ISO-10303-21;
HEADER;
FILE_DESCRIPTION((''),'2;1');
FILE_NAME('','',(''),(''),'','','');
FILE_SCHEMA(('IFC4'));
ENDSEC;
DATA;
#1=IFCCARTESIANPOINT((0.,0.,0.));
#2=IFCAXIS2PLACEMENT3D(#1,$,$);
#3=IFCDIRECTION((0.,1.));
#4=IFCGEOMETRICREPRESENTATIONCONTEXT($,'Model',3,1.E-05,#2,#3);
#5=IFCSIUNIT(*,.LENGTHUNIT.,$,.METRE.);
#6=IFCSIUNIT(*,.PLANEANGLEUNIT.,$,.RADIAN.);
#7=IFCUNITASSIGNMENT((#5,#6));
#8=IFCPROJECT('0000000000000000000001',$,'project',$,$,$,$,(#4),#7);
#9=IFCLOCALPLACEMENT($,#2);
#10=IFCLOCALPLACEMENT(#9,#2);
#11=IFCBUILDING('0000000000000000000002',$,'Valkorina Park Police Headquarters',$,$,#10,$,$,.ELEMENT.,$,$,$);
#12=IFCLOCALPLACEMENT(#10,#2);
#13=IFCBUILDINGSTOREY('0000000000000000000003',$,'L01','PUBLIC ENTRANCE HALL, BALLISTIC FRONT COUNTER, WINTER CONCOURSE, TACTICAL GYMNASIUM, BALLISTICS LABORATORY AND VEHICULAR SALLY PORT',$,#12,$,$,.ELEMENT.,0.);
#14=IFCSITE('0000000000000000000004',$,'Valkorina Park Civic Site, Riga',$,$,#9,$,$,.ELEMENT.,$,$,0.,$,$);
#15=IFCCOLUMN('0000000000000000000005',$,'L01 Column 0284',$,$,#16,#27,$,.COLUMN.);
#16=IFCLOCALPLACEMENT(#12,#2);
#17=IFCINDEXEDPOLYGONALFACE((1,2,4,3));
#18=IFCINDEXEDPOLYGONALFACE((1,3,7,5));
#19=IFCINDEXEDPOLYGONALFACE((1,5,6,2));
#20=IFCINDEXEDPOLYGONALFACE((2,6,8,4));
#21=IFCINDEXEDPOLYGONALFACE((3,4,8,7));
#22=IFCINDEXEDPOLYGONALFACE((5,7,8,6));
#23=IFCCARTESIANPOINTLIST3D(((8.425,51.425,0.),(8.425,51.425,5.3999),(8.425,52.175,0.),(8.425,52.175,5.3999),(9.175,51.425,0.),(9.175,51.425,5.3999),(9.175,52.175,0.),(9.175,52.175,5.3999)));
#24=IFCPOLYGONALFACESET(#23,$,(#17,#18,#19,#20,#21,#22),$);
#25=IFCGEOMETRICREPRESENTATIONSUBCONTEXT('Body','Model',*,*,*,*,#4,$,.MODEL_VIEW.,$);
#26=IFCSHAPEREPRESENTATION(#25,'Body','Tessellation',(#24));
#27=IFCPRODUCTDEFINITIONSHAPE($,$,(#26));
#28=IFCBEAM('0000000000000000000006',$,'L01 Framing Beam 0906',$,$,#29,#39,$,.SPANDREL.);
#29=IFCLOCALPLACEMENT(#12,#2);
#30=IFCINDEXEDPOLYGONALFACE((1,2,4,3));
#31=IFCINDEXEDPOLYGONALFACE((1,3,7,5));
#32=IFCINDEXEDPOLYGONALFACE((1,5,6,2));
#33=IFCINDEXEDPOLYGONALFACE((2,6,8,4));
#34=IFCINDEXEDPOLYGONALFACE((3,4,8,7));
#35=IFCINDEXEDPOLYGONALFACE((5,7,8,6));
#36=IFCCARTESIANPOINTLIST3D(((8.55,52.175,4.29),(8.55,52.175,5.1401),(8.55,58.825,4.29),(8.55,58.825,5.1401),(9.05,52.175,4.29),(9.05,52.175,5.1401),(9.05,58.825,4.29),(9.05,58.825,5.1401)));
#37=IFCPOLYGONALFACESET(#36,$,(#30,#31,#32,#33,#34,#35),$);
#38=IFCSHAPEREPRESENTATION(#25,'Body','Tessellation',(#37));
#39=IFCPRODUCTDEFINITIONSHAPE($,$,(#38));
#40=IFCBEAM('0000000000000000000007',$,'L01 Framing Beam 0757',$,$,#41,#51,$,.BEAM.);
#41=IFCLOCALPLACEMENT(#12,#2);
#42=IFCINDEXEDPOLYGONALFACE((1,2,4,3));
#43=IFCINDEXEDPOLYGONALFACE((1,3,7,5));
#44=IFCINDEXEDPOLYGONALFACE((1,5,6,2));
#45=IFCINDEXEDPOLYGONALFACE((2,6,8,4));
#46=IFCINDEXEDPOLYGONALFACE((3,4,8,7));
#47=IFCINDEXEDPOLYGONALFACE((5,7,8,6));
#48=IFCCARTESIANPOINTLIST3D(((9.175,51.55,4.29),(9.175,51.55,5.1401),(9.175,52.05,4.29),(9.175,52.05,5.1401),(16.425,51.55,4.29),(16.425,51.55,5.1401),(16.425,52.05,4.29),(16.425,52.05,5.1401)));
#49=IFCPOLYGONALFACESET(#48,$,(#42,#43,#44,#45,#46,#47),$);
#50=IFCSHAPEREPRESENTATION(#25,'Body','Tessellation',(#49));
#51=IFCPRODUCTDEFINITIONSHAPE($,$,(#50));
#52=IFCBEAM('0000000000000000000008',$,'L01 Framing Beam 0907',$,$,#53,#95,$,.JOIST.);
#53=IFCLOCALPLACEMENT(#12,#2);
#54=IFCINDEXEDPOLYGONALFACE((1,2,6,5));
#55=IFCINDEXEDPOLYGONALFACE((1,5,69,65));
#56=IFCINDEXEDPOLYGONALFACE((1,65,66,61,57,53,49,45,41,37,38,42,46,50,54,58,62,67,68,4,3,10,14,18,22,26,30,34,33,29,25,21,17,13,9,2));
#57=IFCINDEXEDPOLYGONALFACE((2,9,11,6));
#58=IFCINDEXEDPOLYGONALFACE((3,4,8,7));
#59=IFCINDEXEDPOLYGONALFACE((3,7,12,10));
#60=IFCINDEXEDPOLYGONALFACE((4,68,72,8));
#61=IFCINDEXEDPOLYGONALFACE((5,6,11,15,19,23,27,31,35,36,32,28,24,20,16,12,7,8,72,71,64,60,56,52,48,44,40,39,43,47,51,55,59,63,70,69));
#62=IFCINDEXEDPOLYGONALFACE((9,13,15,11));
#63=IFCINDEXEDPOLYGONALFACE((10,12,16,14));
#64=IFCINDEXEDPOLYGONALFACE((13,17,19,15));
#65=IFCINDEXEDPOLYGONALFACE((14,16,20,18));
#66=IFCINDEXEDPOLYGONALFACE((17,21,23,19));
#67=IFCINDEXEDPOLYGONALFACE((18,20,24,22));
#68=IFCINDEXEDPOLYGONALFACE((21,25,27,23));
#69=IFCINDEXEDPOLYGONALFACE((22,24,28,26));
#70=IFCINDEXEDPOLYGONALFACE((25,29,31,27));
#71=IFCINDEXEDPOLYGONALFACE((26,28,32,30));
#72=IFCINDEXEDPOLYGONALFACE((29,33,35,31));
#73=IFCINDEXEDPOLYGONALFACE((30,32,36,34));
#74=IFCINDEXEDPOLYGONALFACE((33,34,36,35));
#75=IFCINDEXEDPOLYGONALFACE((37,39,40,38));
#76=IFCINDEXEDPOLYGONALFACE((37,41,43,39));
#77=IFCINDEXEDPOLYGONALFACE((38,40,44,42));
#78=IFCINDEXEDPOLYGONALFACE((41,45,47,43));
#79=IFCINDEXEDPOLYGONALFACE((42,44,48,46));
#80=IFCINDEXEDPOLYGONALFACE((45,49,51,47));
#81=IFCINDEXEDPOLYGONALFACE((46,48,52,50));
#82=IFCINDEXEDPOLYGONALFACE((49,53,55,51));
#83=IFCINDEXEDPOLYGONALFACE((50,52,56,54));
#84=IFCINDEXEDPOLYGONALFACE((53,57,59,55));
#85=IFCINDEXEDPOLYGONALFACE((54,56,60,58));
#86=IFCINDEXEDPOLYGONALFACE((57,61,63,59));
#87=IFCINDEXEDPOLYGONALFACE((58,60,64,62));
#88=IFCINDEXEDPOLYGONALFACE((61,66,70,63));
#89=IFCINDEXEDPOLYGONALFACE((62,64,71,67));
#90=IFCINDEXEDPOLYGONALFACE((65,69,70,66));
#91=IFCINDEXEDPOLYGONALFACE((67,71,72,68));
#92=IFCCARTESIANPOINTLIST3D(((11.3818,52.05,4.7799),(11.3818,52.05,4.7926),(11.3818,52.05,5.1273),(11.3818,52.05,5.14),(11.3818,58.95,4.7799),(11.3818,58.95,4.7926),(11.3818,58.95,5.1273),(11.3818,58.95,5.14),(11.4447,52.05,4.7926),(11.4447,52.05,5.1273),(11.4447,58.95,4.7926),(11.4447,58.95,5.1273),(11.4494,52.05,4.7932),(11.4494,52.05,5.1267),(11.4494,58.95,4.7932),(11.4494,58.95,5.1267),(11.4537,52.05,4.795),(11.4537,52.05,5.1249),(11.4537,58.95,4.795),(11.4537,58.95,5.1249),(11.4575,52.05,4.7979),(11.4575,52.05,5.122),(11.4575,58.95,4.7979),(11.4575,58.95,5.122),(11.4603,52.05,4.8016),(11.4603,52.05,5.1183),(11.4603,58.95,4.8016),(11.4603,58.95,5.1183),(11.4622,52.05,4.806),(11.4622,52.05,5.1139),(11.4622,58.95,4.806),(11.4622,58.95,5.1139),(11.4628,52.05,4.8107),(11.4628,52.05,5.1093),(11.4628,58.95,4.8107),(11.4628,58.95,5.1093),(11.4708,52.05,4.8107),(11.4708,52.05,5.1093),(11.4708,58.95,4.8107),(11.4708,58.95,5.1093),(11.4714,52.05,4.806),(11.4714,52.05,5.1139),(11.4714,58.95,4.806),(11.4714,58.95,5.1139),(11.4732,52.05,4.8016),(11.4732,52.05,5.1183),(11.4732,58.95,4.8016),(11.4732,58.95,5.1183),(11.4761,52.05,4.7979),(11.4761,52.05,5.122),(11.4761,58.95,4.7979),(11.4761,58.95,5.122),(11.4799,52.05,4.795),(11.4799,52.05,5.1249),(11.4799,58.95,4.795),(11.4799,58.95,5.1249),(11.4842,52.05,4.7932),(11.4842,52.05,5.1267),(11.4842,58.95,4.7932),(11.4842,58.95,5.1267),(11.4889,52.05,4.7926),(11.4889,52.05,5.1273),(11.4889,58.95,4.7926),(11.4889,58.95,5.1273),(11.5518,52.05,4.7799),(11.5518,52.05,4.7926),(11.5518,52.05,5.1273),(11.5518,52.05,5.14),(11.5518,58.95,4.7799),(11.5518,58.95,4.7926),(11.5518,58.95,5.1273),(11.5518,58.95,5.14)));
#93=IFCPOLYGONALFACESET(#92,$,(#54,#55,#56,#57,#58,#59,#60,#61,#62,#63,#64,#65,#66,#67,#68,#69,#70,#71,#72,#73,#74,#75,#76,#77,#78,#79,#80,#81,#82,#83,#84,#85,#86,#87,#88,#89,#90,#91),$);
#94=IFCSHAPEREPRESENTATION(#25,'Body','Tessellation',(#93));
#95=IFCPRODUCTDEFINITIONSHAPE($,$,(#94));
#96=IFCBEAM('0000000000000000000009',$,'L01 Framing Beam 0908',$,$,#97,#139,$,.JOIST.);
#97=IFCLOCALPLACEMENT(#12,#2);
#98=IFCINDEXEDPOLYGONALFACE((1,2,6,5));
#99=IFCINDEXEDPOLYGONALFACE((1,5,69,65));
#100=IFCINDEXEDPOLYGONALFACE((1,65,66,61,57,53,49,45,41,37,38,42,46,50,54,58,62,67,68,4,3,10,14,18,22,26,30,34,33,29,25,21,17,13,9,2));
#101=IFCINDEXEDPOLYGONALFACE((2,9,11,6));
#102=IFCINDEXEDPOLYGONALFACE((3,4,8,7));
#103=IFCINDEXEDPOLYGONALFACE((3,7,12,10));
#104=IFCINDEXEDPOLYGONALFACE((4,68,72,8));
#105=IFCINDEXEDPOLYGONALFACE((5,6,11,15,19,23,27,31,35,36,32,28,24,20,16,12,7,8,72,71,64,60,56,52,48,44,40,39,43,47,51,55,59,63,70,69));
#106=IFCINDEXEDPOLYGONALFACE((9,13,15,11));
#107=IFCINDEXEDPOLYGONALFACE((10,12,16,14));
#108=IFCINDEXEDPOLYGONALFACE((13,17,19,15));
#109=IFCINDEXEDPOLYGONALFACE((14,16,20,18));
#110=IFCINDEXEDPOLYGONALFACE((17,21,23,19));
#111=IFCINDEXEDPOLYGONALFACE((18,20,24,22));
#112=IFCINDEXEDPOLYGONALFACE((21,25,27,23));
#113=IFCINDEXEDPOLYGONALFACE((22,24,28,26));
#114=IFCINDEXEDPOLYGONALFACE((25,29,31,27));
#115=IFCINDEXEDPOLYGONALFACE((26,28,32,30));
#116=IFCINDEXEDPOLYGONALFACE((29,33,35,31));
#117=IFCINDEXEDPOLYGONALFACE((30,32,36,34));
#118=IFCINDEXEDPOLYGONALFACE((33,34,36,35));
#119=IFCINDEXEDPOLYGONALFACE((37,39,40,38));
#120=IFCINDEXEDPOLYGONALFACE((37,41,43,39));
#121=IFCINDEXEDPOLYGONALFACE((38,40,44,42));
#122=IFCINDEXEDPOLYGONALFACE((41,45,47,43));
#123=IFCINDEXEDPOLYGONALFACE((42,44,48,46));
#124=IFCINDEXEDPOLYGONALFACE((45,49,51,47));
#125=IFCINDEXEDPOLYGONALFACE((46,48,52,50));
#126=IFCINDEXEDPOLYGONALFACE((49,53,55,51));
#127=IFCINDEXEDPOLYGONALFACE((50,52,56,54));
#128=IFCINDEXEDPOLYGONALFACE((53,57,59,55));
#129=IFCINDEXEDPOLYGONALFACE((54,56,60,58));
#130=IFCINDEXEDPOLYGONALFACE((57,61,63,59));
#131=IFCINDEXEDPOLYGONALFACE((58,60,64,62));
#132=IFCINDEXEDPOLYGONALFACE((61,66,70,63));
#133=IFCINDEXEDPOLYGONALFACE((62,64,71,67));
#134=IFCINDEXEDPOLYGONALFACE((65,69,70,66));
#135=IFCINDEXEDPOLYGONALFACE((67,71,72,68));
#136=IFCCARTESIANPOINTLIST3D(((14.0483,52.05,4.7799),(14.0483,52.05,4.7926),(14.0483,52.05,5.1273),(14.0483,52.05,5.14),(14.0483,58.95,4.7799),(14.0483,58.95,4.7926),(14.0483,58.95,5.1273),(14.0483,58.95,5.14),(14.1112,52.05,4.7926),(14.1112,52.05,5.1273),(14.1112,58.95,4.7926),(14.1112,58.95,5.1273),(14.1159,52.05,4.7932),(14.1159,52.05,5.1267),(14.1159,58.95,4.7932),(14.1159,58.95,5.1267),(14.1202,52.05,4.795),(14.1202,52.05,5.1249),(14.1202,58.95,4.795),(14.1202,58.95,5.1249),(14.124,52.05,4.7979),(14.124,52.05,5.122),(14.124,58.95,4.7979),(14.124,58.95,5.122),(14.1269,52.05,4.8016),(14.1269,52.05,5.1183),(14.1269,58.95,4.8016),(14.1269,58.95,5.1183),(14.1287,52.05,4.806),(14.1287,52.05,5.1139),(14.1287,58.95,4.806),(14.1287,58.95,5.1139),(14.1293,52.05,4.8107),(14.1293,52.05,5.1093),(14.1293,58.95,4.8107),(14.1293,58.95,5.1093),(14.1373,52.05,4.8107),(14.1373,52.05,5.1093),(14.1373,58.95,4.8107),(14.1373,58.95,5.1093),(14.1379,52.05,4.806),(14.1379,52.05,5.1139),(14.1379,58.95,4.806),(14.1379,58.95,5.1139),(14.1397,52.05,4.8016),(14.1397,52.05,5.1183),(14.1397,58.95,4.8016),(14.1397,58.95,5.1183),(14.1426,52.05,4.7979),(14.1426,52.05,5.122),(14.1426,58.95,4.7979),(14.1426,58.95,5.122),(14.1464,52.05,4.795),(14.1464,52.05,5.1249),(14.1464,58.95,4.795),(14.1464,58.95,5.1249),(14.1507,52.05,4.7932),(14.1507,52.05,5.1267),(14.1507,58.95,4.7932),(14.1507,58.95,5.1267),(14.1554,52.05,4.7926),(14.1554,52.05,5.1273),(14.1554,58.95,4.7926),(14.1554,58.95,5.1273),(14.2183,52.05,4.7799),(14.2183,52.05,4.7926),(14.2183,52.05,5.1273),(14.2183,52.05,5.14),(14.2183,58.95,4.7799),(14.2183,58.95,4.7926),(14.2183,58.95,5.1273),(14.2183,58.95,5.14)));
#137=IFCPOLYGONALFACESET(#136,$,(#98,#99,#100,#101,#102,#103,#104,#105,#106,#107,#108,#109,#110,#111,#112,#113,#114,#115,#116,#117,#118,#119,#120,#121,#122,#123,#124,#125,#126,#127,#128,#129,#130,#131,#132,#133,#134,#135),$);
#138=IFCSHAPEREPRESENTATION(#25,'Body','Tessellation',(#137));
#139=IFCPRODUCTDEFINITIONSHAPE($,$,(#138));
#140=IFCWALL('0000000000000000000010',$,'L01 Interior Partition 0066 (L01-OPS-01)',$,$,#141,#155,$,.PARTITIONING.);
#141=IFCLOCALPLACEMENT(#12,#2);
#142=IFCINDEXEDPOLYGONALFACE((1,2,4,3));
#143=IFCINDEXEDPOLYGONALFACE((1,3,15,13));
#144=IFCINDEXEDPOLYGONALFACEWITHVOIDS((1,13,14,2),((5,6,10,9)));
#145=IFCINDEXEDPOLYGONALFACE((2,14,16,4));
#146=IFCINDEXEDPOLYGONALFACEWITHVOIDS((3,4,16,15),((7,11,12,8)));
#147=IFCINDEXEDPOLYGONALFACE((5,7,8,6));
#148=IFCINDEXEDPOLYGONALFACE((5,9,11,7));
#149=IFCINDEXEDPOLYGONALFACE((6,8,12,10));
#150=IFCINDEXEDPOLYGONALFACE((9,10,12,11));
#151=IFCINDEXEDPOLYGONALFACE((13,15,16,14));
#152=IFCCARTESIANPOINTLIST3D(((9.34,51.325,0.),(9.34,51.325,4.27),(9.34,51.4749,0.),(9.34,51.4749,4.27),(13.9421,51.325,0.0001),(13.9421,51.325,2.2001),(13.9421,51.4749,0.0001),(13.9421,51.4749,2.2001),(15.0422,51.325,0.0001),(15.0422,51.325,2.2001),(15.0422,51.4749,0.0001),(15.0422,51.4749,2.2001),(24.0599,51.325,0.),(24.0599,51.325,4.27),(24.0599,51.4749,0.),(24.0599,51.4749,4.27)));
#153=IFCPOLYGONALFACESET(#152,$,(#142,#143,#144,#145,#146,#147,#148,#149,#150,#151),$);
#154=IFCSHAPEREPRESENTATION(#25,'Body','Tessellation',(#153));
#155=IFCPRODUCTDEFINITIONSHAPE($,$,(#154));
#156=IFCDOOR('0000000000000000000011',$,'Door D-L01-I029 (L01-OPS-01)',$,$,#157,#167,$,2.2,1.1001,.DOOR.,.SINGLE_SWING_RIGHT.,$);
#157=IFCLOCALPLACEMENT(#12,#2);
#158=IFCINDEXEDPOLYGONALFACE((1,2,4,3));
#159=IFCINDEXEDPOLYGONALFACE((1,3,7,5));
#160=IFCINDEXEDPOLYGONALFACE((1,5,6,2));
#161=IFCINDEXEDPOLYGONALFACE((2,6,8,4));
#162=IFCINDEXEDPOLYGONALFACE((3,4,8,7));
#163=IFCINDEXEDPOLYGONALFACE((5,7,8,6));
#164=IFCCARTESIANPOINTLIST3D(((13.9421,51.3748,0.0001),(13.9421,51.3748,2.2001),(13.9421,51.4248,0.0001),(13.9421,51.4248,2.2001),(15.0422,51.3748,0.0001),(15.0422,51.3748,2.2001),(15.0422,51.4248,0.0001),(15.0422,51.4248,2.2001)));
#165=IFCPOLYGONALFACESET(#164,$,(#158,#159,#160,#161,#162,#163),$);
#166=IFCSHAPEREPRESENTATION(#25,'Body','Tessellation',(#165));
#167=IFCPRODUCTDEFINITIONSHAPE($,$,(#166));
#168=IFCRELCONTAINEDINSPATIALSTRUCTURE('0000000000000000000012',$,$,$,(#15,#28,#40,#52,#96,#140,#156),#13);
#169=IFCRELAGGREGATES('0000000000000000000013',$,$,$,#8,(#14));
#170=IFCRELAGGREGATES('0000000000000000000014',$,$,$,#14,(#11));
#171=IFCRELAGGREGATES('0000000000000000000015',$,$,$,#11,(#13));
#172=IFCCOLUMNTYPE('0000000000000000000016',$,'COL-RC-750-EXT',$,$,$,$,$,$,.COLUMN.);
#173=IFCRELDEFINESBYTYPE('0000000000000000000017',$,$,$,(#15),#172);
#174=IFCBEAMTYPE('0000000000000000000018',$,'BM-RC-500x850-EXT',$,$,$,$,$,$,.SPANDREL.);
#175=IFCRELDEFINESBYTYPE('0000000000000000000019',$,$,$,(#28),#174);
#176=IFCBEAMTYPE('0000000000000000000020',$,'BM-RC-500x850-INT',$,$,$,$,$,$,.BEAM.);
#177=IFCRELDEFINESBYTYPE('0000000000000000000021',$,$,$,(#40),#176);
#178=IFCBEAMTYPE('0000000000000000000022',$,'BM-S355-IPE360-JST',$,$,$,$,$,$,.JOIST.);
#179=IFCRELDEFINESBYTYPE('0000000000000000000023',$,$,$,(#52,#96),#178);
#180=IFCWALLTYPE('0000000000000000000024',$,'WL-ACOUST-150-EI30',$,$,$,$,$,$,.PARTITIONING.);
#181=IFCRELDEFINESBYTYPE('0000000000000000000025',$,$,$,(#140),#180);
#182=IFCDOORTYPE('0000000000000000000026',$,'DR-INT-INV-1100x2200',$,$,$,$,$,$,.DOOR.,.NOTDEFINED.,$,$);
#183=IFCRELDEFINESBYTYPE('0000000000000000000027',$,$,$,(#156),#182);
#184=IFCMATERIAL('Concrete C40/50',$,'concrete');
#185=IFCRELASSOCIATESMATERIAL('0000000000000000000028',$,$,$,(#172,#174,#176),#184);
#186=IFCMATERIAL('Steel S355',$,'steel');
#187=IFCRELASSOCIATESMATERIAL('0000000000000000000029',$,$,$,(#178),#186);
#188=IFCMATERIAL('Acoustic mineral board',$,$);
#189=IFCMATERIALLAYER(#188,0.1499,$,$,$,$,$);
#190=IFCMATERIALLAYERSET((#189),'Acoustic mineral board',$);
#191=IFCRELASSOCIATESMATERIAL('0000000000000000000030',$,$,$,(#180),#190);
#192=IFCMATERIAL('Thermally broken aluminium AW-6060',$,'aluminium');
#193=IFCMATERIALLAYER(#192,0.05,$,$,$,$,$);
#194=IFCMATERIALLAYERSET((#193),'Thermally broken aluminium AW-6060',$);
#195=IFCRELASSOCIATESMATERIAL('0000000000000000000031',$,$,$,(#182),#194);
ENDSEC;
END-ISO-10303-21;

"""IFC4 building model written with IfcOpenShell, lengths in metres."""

from ifc_helpers import new_model, si_unit, direction, frame, frame_2d, origin, origin_2d, place, context, subcontext, project, spatial, rectangle, i_section, extrude, material, layer, layer_set, material_profile, profile_set, type_object, element, fill, save


model = new_model("IFC4")

# Units and contexts
model_context = context("Model", 3, precision=1e-05, world=origin(), true_north=direction((0.0, 1.0)))
body_context = subcontext(model_context, "Body", "Model", "MODEL_VIEW")
ifc_project = project(units=[si_unit("LENGTHUNIT", "METRE"), si_unit("PLANEANGLEUNIT", "RADIAN")], contexts=[model_context])

# Site, building, storey
site_placement = place(None, origin())
site = spatial("IfcSite", under=ifc_project, at=site_placement, Name="Valkorina Park Civic Site, Riga", CompositionType="ELEMENT", RefElevation=0.0)
building_placement = place(site_placement, origin())
building = spatial("IfcBuilding", under=site, at=building_placement, Name="Valkorina Park Police Headquarters", CompositionType="ELEMENT")
storey_placement = place(building_placement, origin())
storey = spatial("IfcBuildingStorey", under=building, at=storey_placement, Name="L01", Description="PUBLIC ENTRANCE HALL, BALLISTIC FRONT COUNTER, WINTER CONCOURSE, TACTICAL GYMNASIUM, BALLISTICS LABORATORY AND VEHICULAR SALLY PORT", CompositionType="ELEMENT", Elevation=0.0)

# Column
ifc_material_1 = material(Name="Concrete C40/50", Category="concrete")
ifc_material_profile_1 = material_profile(ifc_material_1, rectangle(XDim=0.75, YDim=0.75, at=origin_2d()), Name="RC COL 750x750")
ifc_profile_set_1 = profile_set([ifc_material_profile_1], Name="Concrete C40/50")
column_type = type_object("IfcColumnType", Name="COL-RC-750-EXT", PredefinedType="COLUMN", material=ifc_profile_set_1)
column_placement = place(storey_placement, frame((8.8, 51.8, 0.0), z_axis=(0.0, 0.0, 1.0), x_axis=(1.0, 0.0, 0.0)))
element("IfcColumn", 1, at=column_placement, inside=storey, type_object=column_type, Name="L01 Column 0284", PredefinedType="COLUMN", context=body_context, shape_type="SweptSolid", body=[
    extrude(rectangle(XDim=0.75, YDim=0.75, at=origin_2d()), origin(), (0.0, 0.0, 1.0), 5.3999),
])

# Beams
ifc_material_profile_2 = material_profile(ifc_material_1, rectangle(XDim=0.5, YDim=0.8501, at=origin_2d()), Name="RC BEAM 500x850")
ifc_profile_set_2 = profile_set([ifc_material_profile_2], Name="Concrete C40/50")
beam_type_1 = type_object("IfcBeamType", Name="BM-RC-500x850-EXT", PredefinedType="SPANDREL", material=ifc_profile_set_2)
beam_1_placement = place(storey_placement, frame((8.8, 52.175, 4.7151), z_axis=(0.0, 1.0, 0.0), x_axis=(-1.0, 0.0, 0.0)))
element("IfcBeam", 2, at=beam_1_placement, inside=storey, type_object=beam_type_1, Name="L01 Framing Beam 0906", PredefinedType="SPANDREL", context=body_context, shape_type="SweptSolid", body=[
    extrude(rectangle(XDim=0.5, YDim=0.8501, at=origin_2d()), origin(), (0.0, 0.0, 1.0), 6.6499),
])
ifc_material_profile_3 = material_profile(ifc_material_1, rectangle(XDim=0.5, YDim=0.8501, at=origin_2d()), Name="RC BEAM 500x850")
ifc_profile_set_3 = profile_set([ifc_material_profile_3], Name="Concrete C40/50")
beam_type_2 = type_object("IfcBeamType", Name="BM-RC-500x850-INT", PredefinedType="BEAM", material=ifc_profile_set_3)
beam_2_placement = place(storey_placement, frame((9.175, 51.8, 4.7151), z_axis=(1.0, 0.0, 0.0), x_axis=(0.0, 1.0, 0.0)))
element("IfcBeam", 3, at=beam_2_placement, inside=storey, type_object=beam_type_2, Name="L01 Framing Beam 0757", PredefinedType="BEAM", context=body_context, shape_type="SweptSolid", body=[
    extrude(rectangle(XDim=0.5, YDim=0.8501, at=origin_2d()), origin(), (0.0, 0.0, 1.0), 7.25),
])
ifc_material_2 = material(Name="Steel S355", Category="steel")
ifc_material_profile_4 = material_profile(ifc_material_2, i_section(OverallWidth=0.1699, OverallDepth=0.3601, WebThickness=0.0081, FlangeThickness=0.0127, FilletRadius=0.0181, at=origin_2d()), Name="IPE 360")
ifc_profile_set_4 = profile_set([ifc_material_profile_4], Name="Steel S355")
beam_type_3 = type_object("IfcBeamType", Name="BM-S355-IPE360-JST", PredefinedType="JOIST", material=ifc_profile_set_4)
for number, where, z_axis, x_axis, name in (
    (4, (11.4668, 52.05, 4.96), (0.0, 1.0, 0.0), (-1.0, 0.0, 0.0), "L01 Framing Beam 0907"),
    (5, (14.1333, 52.05, 4.96), (0.0, 1.0, 0.0), (-1.0, 0.0, 0.0), "L01 Framing Beam 0908"),
):
    element("IfcBeam", number, at=place(storey_placement, frame(where, z_axis=z_axis, x_axis=x_axis)), inside=storey, type_object=beam_type_3, Name=name, PredefinedType="JOIST", context=body_context, shape_type="SweptSolid", body=[
        extrude(i_section(OverallWidth=0.1699, OverallDepth=0.3601, WebThickness=0.0081, FlangeThickness=0.0127, FilletRadius=0.0181, at=origin_2d()), origin(), (0.0, 0.0, 1.0), 6.8999),
    ])

# Wall, opening, door
ifc_material_3 = material(Name="Acoustic mineral board")
ifc_layer_1 = layer(ifc_material_3, 0.1499)
ifc_layer_set_1 = layer_set([ifc_layer_1], Name="Acoustic mineral board")
wall_type_1 = type_object("IfcWallType", Name="WL-ACOUST-150-EI30", PredefinedType="PARTITIONING", material=ifc_layer_set_1)
wall_1_placement = place(storey_placement, frame((9.3401, 51.3999, 0.0), z_axis=(0.0, 0.0, 1.0), x_axis=(1.0, 0.0, 0.0)))
wall_1 = element("IfcWall", 6, at=wall_1_placement, inside=storey, type_object=wall_type_1, Name="L01 Interior Partition 0066 (L01-OPS-01)", PredefinedType="PARTITIONING", context=body_context, shape_type="SweptSolid", body=[
    extrude(rectangle(XDim=14.72, YDim=0.1499, at=frame_2d((7.3599, 0.0))), origin(), (0.0, 0.0, 1.0), 4.27),
])
opening_1_placement = place(wall_1_placement, frame((4.6021, 0.0, 0.0)))
opening_1 = element("IfcOpeningElement", 7, at=opening_1_placement, cuts=wall_1, PredefinedType="OPENING", context=body_context, shape_type="SweptSolid", body=[
    extrude(rectangle(XDim=1.1001, YDim=2.2, at=frame_2d((0.55, 1.1001))), frame((0.0, 0.085, 0.0), z_axis=(0.0, -1.0, 0.0), x_axis=(1.0, 0.0, 0.0)), (0.0, 0.0, 1.0), 0.1699),
])
ifc_material_4 = material(Name="Thermally broken aluminium AW-6060", Category="aluminium")
ifc_layer_2 = layer(ifc_material_4, 0.05)
ifc_layer_set_2 = layer_set([ifc_layer_2], Name="Thermally broken aluminium AW-6060")
door_type = type_object("IfcDoorType", Name="DR-INT-INV-1100x2200", OperationType="NOTDEFINED", PredefinedType="DOOR", material=ifc_layer_set_2)
door_placement = place(opening_1_placement, origin())
door = element("IfcDoor", 8, at=door_placement, inside=storey, type_object=door_type, Name="Door D-L01-I029 (L01-OPS-01)", OperationType="SINGLE_SWING_RIGHT", OverallHeight=2.2, OverallWidth=1.1001, PredefinedType="DOOR", context=body_context, shape_type="SweptSolid", body=[
    extrude(rectangle(XDim=1.1001, YDim=2.2, at=frame_2d((0.55, 1.1001))), frame((0.0, 0.0249, 0.0), z_axis=(0.0, -1.0, 0.0), x_axis=(1.0, 0.0, 0.0)), (0.0, 0.0, 1.0), 0.05),
])
fill(opening_1, door)

save(model, "model.ifc")
